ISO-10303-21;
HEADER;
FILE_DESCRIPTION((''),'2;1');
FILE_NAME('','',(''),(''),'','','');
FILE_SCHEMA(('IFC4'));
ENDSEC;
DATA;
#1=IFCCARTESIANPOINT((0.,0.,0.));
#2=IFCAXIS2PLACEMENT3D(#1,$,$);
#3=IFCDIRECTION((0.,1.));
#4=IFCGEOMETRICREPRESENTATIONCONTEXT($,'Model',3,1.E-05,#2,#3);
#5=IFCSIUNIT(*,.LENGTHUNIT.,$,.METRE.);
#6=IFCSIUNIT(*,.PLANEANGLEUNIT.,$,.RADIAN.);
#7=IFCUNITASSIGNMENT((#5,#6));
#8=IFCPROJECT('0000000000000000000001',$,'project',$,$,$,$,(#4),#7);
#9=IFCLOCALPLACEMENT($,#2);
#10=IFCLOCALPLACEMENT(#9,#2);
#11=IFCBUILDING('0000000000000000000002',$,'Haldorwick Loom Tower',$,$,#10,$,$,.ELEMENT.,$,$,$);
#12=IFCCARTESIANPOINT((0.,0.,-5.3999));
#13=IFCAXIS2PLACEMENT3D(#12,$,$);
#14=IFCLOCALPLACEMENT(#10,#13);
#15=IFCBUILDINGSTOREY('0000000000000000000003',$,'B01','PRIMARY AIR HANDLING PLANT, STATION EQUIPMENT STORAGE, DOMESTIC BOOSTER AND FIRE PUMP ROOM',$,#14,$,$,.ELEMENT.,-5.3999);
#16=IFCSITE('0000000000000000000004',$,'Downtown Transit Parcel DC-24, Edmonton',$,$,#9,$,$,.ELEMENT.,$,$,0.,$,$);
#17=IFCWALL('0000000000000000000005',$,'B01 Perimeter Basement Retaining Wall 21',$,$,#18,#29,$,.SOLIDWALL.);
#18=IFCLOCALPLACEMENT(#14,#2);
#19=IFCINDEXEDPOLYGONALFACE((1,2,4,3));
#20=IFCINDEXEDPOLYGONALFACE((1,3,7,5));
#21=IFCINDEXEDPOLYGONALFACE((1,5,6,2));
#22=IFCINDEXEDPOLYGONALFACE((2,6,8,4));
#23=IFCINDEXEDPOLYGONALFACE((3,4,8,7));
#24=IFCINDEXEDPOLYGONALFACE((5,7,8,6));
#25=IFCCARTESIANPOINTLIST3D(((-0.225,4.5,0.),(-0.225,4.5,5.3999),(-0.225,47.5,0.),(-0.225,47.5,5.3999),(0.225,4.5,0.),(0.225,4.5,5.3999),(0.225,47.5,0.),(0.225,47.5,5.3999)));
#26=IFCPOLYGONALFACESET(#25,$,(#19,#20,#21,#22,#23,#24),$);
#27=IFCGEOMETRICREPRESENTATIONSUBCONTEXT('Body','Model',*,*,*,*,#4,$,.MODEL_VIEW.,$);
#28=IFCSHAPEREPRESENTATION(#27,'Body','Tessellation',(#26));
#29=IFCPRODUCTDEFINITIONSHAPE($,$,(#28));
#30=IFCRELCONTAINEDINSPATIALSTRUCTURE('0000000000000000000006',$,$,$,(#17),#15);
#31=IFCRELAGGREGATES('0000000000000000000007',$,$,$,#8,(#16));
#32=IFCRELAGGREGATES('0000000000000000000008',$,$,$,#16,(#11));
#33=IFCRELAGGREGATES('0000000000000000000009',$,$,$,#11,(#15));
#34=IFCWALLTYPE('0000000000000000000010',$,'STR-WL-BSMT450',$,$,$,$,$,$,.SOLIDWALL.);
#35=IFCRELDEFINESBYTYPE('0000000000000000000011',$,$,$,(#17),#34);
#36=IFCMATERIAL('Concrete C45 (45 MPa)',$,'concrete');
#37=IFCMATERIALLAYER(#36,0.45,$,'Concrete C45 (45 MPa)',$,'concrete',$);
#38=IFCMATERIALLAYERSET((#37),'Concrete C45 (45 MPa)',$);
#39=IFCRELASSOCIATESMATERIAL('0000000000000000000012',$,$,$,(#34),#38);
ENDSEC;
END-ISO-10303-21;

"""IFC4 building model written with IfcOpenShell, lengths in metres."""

from ifc_helpers import new_model, si_unit, direction, frame, frame_2d, origin, place, context, subcontext, project, spatial, rectangle, extrude, material, layer, layer_set, type_object, element, save


model = new_model("IFC4")

# Units and contexts
model_context = context("Model", 3, precision=1e-05, world=origin(), true_north=direction((0.0, 1.0)))
body_context = subcontext(model_context, "Body", "Model", "MODEL_VIEW")
ifc_project = project(units=[si_unit("LENGTHUNIT", "METRE"), si_unit("PLANEANGLEUNIT", "RADIAN")], contexts=[model_context])

# Site, building, storey
site_placement = place(None, origin())
site = spatial("IfcSite", under=ifc_project, at=site_placement, Name="Downtown Transit Parcel DC-24, Edmonton", CompositionType="ELEMENT", RefElevation=0.0)
building_placement = place(site_placement, origin())
building = spatial("IfcBuilding", under=site, at=building_placement, Name="Haldorwick Loom Tower", CompositionType="ELEMENT")
storey_placement = place(building_placement, frame((0.0, 0.0, -5.3999)))
storey = spatial("IfcBuildingStorey", under=building, at=storey_placement, Name="B01", Description="PRIMARY AIR HANDLING PLANT, STATION EQUIPMENT STORAGE, DOMESTIC BOOSTER AND FIRE PUMP ROOM", CompositionType="ELEMENT", Elevation=-5.3999)

# Shared definitions
ifc_material_1 = material(Name="Concrete C45 (45 MPa)", Category="concrete")

# Wall
ifc_layer_1 = layer(ifc_material_1, 0.45, Name="Concrete C45 (45 MPa)", Category="concrete")
ifc_layer_set_1 = layer_set([ifc_layer_1], Name="Concrete C45 (45 MPa)")
wall_type_1 = type_object("IfcWallType", Name="STR-WL-BSMT450", PredefinedType="SOLIDWALL", material=ifc_layer_set_1)
wall_1_placement = place(storey_placement, frame((0.0, 47.5, 0.0), z_axis=(0.0, 0.0, 1.0), x_axis=(0.0, -1.0, 0.0)))
element("IfcWall", 1, at=wall_1_placement, inside=storey, type_object=wall_type_1, Name="B01 Perimeter Basement Retaining Wall 21", PredefinedType="SOLIDWALL", context=body_context, shape_type="SweptSolid", body=[
    extrude(rectangle(XDim=43.0, YDim=0.45, at=frame_2d((21.5, 0.0))), origin(), (0.0, 0.0, 1.0), 5.3999),
])

save(model, "model.ifc")
